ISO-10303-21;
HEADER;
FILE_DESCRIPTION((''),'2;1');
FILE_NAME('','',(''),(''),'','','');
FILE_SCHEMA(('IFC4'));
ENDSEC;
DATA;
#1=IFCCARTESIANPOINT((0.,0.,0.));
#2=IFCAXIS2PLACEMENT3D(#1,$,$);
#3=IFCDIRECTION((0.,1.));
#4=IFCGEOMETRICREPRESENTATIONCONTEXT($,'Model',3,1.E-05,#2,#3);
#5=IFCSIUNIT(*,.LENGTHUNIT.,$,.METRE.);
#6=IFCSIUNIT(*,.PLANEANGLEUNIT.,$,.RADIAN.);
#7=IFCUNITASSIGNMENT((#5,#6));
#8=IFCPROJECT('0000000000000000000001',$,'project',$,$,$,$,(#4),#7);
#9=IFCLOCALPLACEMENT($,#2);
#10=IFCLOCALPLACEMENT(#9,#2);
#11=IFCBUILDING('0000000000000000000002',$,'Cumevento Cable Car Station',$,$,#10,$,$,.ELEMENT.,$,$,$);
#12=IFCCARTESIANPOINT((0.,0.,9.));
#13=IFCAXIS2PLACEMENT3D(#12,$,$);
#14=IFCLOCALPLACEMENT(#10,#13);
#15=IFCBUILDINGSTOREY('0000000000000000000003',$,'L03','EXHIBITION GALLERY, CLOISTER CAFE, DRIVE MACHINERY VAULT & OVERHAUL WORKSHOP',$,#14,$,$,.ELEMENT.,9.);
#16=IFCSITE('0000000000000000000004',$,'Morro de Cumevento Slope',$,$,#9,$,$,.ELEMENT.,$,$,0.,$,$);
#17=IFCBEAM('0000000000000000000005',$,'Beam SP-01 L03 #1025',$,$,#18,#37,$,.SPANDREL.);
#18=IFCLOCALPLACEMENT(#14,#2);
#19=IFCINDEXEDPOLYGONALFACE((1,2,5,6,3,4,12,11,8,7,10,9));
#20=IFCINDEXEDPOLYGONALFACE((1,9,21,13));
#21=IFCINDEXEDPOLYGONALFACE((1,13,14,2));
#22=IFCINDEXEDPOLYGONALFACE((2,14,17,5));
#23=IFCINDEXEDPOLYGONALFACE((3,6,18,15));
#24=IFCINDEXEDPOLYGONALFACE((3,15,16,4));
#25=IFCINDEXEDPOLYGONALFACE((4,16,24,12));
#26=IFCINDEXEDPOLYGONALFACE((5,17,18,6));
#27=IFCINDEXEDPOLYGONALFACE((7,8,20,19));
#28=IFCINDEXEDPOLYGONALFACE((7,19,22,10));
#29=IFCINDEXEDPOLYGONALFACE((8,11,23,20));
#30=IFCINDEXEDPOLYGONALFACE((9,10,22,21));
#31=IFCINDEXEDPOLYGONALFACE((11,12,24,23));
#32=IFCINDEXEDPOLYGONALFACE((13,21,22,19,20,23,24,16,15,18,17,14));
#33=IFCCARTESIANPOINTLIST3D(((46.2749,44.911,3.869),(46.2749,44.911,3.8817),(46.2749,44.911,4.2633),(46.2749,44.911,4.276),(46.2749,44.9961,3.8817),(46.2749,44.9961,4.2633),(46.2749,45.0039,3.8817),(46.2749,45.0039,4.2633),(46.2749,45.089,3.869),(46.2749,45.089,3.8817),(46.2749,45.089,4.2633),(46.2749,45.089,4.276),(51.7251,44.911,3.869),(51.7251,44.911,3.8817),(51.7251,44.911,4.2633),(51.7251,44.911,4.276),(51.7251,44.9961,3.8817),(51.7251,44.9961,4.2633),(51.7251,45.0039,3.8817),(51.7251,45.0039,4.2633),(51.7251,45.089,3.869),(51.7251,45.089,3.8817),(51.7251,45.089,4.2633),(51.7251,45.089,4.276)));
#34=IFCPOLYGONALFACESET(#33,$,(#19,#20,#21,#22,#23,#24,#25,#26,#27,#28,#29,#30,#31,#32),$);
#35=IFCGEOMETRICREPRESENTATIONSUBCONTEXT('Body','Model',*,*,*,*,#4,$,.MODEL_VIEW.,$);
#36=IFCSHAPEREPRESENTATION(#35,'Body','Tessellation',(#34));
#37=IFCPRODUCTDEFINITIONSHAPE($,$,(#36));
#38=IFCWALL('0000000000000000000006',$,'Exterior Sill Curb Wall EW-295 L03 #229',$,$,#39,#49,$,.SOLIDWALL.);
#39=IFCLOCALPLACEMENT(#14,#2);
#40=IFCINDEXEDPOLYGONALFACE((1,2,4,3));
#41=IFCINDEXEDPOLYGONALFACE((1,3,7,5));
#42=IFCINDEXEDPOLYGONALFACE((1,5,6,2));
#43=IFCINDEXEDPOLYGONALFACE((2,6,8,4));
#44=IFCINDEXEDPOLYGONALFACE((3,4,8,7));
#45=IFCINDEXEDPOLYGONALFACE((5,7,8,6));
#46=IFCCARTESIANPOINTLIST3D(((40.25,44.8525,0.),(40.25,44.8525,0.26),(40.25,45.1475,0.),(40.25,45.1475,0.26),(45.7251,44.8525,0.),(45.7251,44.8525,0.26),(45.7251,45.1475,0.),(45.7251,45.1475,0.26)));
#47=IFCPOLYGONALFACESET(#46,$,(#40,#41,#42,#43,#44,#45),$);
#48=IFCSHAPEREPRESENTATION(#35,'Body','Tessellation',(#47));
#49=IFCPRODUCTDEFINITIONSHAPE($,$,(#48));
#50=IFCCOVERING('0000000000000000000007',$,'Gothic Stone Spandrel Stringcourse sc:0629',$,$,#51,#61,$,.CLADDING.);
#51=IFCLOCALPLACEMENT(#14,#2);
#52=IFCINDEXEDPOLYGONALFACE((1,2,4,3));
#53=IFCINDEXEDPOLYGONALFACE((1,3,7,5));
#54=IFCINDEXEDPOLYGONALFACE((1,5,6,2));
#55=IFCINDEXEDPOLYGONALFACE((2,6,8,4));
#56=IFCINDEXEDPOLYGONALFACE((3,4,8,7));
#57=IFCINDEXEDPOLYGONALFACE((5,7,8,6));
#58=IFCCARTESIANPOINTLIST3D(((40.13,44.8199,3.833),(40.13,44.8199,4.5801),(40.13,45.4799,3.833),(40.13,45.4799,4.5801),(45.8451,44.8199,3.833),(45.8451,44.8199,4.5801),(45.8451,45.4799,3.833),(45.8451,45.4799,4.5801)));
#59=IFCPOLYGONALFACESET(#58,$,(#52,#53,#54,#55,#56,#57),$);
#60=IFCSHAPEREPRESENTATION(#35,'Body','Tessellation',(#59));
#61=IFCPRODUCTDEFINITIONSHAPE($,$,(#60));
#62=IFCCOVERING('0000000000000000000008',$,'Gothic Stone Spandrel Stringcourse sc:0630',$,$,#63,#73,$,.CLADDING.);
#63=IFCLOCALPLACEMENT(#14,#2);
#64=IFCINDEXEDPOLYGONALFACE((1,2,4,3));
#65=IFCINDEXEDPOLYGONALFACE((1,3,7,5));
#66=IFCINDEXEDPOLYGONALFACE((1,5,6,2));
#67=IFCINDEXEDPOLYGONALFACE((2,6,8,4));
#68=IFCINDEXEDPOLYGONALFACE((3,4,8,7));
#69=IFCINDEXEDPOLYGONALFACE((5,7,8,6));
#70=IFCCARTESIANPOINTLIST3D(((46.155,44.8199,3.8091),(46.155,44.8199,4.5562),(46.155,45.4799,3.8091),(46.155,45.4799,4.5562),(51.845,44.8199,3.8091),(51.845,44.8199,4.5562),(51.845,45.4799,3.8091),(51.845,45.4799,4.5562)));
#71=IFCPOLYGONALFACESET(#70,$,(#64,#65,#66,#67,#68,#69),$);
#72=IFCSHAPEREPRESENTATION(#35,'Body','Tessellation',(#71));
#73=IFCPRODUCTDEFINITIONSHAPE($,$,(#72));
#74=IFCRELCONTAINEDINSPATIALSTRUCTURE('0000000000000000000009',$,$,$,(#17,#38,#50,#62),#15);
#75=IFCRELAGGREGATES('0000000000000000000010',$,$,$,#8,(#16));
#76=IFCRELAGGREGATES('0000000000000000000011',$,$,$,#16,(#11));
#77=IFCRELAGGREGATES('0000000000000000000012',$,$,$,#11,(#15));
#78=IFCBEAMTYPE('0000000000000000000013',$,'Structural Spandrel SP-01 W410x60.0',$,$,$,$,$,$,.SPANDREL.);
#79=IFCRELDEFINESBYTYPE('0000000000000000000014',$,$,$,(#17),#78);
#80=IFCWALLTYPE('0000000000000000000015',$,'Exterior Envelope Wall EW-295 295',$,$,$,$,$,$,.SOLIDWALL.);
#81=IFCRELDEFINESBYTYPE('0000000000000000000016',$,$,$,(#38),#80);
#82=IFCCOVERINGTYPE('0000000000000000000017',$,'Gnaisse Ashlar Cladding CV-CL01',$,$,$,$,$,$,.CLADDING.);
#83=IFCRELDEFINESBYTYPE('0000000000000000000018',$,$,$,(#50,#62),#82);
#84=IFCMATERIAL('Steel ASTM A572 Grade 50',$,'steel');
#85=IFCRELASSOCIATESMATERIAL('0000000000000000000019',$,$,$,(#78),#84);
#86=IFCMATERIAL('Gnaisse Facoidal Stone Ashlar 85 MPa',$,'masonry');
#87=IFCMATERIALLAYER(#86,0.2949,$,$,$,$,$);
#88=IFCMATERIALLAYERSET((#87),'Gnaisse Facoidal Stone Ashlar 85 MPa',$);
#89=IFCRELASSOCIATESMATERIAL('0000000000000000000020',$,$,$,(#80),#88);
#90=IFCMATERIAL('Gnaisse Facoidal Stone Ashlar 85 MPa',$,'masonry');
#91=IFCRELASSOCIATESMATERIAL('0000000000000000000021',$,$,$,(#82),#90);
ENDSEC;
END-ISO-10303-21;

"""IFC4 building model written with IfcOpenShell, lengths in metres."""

from ifc_helpers import new_model, si_unit, direction, frame, frame_2d, origin, origin_2d, place, context, subcontext, project, spatial, rectangle, i_section, extrude, material, layer, layer_set, material_profile, profile_set, type_object, element, save


model = new_model("IFC4")

# Units and contexts
model_context = context("Model", 3, precision=1e-05, world=origin(), true_north=direction((0.0, 1.0)))
body_context = subcontext(model_context, "Body", "Model", "MODEL_VIEW")
ifc_project = project(units=[si_unit("LENGTHUNIT", "METRE"), si_unit("PLANEANGLEUNIT", "RADIAN")], contexts=[model_context])

# Site, building, storey
site_placement = place(None, origin())
site = spatial("IfcSite", under=ifc_project, at=site_placement, Name="Morro de Cumevento Slope", CompositionType="ELEMENT", RefElevation=0.0)
building_placement = place(site_placement, origin())
building = spatial("IfcBuilding", under=site, at=building_placement, Name="Cumevento Cable Car Station", CompositionType="ELEMENT")
storey_placement = place(building_placement, frame((0.0, 0.0, 9.0)))
storey = spatial("IfcBuildingStorey", under=building, at=storey_placement, Name="L03", Description="EXHIBITION GALLERY, CLOISTER CAFE, DRIVE MACHINERY VAULT & OVERHAUL WORKSHOP", CompositionType="ELEMENT", Elevation=9.0)

# Beam
ifc_material_1 = material(Name="Steel ASTM A572 Grade 50", Category="steel")
ifc_material_profile_1 = material_profile(ifc_material_1, i_section(OverallWidth=0.178, OverallDepth=0.407, WebThickness=0.0078, FlangeThickness=0.0127, at=origin_2d()), Name="W410x60.0")
ifc_profile_set_1 = profile_set([ifc_material_profile_1], Name="Steel ASTM A572 Grade 50")
beam_type_1 = type_object("IfcBeamType", Name="Structural Spandrel SP-01 W410x60.0", PredefinedType="SPANDREL", material=ifc_profile_set_1)
beam_1_placement = place(storey_placement, frame((46.2749, 45.0, 4.0725), z_axis=(1.0, 0.0, 0.0), x_axis=(0.0, 1.0, 0.0)))
element("IfcBeam", 1, at=beam_1_placement, inside=storey, type_object=beam_type_1, Name="Beam SP-01 L03 #1025", PredefinedType="SPANDREL", context=body_context, shape_type="SweptSolid", body=[
    extrude(i_section(OverallWidth=0.178, OverallDepth=0.407, WebThickness=0.0078, FlangeThickness=0.0127, at=origin_2d()), origin(), (0.0, 0.0, 1.0), 5.4502),
])

# Wall
ifc_material_2 = material(Name="Gnaisse Facoidal Stone Ashlar 85 MPa", Category="masonry")
ifc_layer_1 = layer(ifc_material_2, 0.2949)
ifc_layer_set_1 = layer_set([ifc_layer_1], Name="Gnaisse Facoidal Stone Ashlar 85 MPa")
wall_type = type_object("IfcWallType", Name="Exterior Envelope Wall EW-295 295", PredefinedType="SOLIDWALL", material=ifc_layer_set_1)
wall_placement = place(storey_placement, frame((45.7251, 45.0, 0.0), z_axis=(0.0, 0.0, 1.0), x_axis=(-1.0, 0.0, 0.0)))
element("IfcWall", 2, at=wall_placement, inside=storey, type_object=wall_type, Name="Exterior Sill Curb Wall EW-295 L03 #229", PredefinedType="SOLIDWALL", context=body_context, shape_type="SweptSolid", body=[
    extrude(rectangle(XDim=5.4751, YDim=0.2949, at=frame_2d((2.7375, 0.0))), origin(), (0.0, 0.0, 1.0), 0.26),
])

# Coverings
ifc_material_3 = material(Name="Gnaisse Facoidal Stone Ashlar 85 MPa", Category="masonry")
covering_type = type_object("IfcCoveringType", Name="Gnaisse Ashlar Cladding CV-CL01", PredefinedType="CLADDING", material=ifc_material_3)
covering_1_placement = place(storey_placement, frame((42.9875, 45.1499, 3.833), z_axis=(0.0, 0.0, 1.0), x_axis=(-1.0, 0.0, 0.0)))
element("IfcCovering", 3, at=covering_1_placement, inside=storey, type_object=covering_type, Name="Gothic Stone Spandrel Stringcourse sc:0629", PredefinedType="CLADDING", context=body_context, shape_type="SweptSolid", body=[
    extrude(rectangle(XDim=5.7151, YDim=0.6599, at=origin_2d()), origin(), (0.0, 0.0, 1.0), 0.7471),
])
covering_2_placement = place(storey_placement, frame((49.0, 45.1499, 3.8091), z_axis=(0.0, 0.0, 1.0), x_axis=(-1.0, 0.0, 0.0)))
element("IfcCovering", 4, at=covering_2_placement, inside=storey, type_object=covering_type, Name="Gothic Stone Spandrel Stringcourse sc:0630", PredefinedType="CLADDING", context=body_context, shape_type="SweptSolid", body=[
    extrude(rectangle(XDim=5.6899, YDim=0.6599, at=origin_2d()), origin(), (0.0, 0.0, 1.0), 0.7471),
])

save(model, "model.ifc")
